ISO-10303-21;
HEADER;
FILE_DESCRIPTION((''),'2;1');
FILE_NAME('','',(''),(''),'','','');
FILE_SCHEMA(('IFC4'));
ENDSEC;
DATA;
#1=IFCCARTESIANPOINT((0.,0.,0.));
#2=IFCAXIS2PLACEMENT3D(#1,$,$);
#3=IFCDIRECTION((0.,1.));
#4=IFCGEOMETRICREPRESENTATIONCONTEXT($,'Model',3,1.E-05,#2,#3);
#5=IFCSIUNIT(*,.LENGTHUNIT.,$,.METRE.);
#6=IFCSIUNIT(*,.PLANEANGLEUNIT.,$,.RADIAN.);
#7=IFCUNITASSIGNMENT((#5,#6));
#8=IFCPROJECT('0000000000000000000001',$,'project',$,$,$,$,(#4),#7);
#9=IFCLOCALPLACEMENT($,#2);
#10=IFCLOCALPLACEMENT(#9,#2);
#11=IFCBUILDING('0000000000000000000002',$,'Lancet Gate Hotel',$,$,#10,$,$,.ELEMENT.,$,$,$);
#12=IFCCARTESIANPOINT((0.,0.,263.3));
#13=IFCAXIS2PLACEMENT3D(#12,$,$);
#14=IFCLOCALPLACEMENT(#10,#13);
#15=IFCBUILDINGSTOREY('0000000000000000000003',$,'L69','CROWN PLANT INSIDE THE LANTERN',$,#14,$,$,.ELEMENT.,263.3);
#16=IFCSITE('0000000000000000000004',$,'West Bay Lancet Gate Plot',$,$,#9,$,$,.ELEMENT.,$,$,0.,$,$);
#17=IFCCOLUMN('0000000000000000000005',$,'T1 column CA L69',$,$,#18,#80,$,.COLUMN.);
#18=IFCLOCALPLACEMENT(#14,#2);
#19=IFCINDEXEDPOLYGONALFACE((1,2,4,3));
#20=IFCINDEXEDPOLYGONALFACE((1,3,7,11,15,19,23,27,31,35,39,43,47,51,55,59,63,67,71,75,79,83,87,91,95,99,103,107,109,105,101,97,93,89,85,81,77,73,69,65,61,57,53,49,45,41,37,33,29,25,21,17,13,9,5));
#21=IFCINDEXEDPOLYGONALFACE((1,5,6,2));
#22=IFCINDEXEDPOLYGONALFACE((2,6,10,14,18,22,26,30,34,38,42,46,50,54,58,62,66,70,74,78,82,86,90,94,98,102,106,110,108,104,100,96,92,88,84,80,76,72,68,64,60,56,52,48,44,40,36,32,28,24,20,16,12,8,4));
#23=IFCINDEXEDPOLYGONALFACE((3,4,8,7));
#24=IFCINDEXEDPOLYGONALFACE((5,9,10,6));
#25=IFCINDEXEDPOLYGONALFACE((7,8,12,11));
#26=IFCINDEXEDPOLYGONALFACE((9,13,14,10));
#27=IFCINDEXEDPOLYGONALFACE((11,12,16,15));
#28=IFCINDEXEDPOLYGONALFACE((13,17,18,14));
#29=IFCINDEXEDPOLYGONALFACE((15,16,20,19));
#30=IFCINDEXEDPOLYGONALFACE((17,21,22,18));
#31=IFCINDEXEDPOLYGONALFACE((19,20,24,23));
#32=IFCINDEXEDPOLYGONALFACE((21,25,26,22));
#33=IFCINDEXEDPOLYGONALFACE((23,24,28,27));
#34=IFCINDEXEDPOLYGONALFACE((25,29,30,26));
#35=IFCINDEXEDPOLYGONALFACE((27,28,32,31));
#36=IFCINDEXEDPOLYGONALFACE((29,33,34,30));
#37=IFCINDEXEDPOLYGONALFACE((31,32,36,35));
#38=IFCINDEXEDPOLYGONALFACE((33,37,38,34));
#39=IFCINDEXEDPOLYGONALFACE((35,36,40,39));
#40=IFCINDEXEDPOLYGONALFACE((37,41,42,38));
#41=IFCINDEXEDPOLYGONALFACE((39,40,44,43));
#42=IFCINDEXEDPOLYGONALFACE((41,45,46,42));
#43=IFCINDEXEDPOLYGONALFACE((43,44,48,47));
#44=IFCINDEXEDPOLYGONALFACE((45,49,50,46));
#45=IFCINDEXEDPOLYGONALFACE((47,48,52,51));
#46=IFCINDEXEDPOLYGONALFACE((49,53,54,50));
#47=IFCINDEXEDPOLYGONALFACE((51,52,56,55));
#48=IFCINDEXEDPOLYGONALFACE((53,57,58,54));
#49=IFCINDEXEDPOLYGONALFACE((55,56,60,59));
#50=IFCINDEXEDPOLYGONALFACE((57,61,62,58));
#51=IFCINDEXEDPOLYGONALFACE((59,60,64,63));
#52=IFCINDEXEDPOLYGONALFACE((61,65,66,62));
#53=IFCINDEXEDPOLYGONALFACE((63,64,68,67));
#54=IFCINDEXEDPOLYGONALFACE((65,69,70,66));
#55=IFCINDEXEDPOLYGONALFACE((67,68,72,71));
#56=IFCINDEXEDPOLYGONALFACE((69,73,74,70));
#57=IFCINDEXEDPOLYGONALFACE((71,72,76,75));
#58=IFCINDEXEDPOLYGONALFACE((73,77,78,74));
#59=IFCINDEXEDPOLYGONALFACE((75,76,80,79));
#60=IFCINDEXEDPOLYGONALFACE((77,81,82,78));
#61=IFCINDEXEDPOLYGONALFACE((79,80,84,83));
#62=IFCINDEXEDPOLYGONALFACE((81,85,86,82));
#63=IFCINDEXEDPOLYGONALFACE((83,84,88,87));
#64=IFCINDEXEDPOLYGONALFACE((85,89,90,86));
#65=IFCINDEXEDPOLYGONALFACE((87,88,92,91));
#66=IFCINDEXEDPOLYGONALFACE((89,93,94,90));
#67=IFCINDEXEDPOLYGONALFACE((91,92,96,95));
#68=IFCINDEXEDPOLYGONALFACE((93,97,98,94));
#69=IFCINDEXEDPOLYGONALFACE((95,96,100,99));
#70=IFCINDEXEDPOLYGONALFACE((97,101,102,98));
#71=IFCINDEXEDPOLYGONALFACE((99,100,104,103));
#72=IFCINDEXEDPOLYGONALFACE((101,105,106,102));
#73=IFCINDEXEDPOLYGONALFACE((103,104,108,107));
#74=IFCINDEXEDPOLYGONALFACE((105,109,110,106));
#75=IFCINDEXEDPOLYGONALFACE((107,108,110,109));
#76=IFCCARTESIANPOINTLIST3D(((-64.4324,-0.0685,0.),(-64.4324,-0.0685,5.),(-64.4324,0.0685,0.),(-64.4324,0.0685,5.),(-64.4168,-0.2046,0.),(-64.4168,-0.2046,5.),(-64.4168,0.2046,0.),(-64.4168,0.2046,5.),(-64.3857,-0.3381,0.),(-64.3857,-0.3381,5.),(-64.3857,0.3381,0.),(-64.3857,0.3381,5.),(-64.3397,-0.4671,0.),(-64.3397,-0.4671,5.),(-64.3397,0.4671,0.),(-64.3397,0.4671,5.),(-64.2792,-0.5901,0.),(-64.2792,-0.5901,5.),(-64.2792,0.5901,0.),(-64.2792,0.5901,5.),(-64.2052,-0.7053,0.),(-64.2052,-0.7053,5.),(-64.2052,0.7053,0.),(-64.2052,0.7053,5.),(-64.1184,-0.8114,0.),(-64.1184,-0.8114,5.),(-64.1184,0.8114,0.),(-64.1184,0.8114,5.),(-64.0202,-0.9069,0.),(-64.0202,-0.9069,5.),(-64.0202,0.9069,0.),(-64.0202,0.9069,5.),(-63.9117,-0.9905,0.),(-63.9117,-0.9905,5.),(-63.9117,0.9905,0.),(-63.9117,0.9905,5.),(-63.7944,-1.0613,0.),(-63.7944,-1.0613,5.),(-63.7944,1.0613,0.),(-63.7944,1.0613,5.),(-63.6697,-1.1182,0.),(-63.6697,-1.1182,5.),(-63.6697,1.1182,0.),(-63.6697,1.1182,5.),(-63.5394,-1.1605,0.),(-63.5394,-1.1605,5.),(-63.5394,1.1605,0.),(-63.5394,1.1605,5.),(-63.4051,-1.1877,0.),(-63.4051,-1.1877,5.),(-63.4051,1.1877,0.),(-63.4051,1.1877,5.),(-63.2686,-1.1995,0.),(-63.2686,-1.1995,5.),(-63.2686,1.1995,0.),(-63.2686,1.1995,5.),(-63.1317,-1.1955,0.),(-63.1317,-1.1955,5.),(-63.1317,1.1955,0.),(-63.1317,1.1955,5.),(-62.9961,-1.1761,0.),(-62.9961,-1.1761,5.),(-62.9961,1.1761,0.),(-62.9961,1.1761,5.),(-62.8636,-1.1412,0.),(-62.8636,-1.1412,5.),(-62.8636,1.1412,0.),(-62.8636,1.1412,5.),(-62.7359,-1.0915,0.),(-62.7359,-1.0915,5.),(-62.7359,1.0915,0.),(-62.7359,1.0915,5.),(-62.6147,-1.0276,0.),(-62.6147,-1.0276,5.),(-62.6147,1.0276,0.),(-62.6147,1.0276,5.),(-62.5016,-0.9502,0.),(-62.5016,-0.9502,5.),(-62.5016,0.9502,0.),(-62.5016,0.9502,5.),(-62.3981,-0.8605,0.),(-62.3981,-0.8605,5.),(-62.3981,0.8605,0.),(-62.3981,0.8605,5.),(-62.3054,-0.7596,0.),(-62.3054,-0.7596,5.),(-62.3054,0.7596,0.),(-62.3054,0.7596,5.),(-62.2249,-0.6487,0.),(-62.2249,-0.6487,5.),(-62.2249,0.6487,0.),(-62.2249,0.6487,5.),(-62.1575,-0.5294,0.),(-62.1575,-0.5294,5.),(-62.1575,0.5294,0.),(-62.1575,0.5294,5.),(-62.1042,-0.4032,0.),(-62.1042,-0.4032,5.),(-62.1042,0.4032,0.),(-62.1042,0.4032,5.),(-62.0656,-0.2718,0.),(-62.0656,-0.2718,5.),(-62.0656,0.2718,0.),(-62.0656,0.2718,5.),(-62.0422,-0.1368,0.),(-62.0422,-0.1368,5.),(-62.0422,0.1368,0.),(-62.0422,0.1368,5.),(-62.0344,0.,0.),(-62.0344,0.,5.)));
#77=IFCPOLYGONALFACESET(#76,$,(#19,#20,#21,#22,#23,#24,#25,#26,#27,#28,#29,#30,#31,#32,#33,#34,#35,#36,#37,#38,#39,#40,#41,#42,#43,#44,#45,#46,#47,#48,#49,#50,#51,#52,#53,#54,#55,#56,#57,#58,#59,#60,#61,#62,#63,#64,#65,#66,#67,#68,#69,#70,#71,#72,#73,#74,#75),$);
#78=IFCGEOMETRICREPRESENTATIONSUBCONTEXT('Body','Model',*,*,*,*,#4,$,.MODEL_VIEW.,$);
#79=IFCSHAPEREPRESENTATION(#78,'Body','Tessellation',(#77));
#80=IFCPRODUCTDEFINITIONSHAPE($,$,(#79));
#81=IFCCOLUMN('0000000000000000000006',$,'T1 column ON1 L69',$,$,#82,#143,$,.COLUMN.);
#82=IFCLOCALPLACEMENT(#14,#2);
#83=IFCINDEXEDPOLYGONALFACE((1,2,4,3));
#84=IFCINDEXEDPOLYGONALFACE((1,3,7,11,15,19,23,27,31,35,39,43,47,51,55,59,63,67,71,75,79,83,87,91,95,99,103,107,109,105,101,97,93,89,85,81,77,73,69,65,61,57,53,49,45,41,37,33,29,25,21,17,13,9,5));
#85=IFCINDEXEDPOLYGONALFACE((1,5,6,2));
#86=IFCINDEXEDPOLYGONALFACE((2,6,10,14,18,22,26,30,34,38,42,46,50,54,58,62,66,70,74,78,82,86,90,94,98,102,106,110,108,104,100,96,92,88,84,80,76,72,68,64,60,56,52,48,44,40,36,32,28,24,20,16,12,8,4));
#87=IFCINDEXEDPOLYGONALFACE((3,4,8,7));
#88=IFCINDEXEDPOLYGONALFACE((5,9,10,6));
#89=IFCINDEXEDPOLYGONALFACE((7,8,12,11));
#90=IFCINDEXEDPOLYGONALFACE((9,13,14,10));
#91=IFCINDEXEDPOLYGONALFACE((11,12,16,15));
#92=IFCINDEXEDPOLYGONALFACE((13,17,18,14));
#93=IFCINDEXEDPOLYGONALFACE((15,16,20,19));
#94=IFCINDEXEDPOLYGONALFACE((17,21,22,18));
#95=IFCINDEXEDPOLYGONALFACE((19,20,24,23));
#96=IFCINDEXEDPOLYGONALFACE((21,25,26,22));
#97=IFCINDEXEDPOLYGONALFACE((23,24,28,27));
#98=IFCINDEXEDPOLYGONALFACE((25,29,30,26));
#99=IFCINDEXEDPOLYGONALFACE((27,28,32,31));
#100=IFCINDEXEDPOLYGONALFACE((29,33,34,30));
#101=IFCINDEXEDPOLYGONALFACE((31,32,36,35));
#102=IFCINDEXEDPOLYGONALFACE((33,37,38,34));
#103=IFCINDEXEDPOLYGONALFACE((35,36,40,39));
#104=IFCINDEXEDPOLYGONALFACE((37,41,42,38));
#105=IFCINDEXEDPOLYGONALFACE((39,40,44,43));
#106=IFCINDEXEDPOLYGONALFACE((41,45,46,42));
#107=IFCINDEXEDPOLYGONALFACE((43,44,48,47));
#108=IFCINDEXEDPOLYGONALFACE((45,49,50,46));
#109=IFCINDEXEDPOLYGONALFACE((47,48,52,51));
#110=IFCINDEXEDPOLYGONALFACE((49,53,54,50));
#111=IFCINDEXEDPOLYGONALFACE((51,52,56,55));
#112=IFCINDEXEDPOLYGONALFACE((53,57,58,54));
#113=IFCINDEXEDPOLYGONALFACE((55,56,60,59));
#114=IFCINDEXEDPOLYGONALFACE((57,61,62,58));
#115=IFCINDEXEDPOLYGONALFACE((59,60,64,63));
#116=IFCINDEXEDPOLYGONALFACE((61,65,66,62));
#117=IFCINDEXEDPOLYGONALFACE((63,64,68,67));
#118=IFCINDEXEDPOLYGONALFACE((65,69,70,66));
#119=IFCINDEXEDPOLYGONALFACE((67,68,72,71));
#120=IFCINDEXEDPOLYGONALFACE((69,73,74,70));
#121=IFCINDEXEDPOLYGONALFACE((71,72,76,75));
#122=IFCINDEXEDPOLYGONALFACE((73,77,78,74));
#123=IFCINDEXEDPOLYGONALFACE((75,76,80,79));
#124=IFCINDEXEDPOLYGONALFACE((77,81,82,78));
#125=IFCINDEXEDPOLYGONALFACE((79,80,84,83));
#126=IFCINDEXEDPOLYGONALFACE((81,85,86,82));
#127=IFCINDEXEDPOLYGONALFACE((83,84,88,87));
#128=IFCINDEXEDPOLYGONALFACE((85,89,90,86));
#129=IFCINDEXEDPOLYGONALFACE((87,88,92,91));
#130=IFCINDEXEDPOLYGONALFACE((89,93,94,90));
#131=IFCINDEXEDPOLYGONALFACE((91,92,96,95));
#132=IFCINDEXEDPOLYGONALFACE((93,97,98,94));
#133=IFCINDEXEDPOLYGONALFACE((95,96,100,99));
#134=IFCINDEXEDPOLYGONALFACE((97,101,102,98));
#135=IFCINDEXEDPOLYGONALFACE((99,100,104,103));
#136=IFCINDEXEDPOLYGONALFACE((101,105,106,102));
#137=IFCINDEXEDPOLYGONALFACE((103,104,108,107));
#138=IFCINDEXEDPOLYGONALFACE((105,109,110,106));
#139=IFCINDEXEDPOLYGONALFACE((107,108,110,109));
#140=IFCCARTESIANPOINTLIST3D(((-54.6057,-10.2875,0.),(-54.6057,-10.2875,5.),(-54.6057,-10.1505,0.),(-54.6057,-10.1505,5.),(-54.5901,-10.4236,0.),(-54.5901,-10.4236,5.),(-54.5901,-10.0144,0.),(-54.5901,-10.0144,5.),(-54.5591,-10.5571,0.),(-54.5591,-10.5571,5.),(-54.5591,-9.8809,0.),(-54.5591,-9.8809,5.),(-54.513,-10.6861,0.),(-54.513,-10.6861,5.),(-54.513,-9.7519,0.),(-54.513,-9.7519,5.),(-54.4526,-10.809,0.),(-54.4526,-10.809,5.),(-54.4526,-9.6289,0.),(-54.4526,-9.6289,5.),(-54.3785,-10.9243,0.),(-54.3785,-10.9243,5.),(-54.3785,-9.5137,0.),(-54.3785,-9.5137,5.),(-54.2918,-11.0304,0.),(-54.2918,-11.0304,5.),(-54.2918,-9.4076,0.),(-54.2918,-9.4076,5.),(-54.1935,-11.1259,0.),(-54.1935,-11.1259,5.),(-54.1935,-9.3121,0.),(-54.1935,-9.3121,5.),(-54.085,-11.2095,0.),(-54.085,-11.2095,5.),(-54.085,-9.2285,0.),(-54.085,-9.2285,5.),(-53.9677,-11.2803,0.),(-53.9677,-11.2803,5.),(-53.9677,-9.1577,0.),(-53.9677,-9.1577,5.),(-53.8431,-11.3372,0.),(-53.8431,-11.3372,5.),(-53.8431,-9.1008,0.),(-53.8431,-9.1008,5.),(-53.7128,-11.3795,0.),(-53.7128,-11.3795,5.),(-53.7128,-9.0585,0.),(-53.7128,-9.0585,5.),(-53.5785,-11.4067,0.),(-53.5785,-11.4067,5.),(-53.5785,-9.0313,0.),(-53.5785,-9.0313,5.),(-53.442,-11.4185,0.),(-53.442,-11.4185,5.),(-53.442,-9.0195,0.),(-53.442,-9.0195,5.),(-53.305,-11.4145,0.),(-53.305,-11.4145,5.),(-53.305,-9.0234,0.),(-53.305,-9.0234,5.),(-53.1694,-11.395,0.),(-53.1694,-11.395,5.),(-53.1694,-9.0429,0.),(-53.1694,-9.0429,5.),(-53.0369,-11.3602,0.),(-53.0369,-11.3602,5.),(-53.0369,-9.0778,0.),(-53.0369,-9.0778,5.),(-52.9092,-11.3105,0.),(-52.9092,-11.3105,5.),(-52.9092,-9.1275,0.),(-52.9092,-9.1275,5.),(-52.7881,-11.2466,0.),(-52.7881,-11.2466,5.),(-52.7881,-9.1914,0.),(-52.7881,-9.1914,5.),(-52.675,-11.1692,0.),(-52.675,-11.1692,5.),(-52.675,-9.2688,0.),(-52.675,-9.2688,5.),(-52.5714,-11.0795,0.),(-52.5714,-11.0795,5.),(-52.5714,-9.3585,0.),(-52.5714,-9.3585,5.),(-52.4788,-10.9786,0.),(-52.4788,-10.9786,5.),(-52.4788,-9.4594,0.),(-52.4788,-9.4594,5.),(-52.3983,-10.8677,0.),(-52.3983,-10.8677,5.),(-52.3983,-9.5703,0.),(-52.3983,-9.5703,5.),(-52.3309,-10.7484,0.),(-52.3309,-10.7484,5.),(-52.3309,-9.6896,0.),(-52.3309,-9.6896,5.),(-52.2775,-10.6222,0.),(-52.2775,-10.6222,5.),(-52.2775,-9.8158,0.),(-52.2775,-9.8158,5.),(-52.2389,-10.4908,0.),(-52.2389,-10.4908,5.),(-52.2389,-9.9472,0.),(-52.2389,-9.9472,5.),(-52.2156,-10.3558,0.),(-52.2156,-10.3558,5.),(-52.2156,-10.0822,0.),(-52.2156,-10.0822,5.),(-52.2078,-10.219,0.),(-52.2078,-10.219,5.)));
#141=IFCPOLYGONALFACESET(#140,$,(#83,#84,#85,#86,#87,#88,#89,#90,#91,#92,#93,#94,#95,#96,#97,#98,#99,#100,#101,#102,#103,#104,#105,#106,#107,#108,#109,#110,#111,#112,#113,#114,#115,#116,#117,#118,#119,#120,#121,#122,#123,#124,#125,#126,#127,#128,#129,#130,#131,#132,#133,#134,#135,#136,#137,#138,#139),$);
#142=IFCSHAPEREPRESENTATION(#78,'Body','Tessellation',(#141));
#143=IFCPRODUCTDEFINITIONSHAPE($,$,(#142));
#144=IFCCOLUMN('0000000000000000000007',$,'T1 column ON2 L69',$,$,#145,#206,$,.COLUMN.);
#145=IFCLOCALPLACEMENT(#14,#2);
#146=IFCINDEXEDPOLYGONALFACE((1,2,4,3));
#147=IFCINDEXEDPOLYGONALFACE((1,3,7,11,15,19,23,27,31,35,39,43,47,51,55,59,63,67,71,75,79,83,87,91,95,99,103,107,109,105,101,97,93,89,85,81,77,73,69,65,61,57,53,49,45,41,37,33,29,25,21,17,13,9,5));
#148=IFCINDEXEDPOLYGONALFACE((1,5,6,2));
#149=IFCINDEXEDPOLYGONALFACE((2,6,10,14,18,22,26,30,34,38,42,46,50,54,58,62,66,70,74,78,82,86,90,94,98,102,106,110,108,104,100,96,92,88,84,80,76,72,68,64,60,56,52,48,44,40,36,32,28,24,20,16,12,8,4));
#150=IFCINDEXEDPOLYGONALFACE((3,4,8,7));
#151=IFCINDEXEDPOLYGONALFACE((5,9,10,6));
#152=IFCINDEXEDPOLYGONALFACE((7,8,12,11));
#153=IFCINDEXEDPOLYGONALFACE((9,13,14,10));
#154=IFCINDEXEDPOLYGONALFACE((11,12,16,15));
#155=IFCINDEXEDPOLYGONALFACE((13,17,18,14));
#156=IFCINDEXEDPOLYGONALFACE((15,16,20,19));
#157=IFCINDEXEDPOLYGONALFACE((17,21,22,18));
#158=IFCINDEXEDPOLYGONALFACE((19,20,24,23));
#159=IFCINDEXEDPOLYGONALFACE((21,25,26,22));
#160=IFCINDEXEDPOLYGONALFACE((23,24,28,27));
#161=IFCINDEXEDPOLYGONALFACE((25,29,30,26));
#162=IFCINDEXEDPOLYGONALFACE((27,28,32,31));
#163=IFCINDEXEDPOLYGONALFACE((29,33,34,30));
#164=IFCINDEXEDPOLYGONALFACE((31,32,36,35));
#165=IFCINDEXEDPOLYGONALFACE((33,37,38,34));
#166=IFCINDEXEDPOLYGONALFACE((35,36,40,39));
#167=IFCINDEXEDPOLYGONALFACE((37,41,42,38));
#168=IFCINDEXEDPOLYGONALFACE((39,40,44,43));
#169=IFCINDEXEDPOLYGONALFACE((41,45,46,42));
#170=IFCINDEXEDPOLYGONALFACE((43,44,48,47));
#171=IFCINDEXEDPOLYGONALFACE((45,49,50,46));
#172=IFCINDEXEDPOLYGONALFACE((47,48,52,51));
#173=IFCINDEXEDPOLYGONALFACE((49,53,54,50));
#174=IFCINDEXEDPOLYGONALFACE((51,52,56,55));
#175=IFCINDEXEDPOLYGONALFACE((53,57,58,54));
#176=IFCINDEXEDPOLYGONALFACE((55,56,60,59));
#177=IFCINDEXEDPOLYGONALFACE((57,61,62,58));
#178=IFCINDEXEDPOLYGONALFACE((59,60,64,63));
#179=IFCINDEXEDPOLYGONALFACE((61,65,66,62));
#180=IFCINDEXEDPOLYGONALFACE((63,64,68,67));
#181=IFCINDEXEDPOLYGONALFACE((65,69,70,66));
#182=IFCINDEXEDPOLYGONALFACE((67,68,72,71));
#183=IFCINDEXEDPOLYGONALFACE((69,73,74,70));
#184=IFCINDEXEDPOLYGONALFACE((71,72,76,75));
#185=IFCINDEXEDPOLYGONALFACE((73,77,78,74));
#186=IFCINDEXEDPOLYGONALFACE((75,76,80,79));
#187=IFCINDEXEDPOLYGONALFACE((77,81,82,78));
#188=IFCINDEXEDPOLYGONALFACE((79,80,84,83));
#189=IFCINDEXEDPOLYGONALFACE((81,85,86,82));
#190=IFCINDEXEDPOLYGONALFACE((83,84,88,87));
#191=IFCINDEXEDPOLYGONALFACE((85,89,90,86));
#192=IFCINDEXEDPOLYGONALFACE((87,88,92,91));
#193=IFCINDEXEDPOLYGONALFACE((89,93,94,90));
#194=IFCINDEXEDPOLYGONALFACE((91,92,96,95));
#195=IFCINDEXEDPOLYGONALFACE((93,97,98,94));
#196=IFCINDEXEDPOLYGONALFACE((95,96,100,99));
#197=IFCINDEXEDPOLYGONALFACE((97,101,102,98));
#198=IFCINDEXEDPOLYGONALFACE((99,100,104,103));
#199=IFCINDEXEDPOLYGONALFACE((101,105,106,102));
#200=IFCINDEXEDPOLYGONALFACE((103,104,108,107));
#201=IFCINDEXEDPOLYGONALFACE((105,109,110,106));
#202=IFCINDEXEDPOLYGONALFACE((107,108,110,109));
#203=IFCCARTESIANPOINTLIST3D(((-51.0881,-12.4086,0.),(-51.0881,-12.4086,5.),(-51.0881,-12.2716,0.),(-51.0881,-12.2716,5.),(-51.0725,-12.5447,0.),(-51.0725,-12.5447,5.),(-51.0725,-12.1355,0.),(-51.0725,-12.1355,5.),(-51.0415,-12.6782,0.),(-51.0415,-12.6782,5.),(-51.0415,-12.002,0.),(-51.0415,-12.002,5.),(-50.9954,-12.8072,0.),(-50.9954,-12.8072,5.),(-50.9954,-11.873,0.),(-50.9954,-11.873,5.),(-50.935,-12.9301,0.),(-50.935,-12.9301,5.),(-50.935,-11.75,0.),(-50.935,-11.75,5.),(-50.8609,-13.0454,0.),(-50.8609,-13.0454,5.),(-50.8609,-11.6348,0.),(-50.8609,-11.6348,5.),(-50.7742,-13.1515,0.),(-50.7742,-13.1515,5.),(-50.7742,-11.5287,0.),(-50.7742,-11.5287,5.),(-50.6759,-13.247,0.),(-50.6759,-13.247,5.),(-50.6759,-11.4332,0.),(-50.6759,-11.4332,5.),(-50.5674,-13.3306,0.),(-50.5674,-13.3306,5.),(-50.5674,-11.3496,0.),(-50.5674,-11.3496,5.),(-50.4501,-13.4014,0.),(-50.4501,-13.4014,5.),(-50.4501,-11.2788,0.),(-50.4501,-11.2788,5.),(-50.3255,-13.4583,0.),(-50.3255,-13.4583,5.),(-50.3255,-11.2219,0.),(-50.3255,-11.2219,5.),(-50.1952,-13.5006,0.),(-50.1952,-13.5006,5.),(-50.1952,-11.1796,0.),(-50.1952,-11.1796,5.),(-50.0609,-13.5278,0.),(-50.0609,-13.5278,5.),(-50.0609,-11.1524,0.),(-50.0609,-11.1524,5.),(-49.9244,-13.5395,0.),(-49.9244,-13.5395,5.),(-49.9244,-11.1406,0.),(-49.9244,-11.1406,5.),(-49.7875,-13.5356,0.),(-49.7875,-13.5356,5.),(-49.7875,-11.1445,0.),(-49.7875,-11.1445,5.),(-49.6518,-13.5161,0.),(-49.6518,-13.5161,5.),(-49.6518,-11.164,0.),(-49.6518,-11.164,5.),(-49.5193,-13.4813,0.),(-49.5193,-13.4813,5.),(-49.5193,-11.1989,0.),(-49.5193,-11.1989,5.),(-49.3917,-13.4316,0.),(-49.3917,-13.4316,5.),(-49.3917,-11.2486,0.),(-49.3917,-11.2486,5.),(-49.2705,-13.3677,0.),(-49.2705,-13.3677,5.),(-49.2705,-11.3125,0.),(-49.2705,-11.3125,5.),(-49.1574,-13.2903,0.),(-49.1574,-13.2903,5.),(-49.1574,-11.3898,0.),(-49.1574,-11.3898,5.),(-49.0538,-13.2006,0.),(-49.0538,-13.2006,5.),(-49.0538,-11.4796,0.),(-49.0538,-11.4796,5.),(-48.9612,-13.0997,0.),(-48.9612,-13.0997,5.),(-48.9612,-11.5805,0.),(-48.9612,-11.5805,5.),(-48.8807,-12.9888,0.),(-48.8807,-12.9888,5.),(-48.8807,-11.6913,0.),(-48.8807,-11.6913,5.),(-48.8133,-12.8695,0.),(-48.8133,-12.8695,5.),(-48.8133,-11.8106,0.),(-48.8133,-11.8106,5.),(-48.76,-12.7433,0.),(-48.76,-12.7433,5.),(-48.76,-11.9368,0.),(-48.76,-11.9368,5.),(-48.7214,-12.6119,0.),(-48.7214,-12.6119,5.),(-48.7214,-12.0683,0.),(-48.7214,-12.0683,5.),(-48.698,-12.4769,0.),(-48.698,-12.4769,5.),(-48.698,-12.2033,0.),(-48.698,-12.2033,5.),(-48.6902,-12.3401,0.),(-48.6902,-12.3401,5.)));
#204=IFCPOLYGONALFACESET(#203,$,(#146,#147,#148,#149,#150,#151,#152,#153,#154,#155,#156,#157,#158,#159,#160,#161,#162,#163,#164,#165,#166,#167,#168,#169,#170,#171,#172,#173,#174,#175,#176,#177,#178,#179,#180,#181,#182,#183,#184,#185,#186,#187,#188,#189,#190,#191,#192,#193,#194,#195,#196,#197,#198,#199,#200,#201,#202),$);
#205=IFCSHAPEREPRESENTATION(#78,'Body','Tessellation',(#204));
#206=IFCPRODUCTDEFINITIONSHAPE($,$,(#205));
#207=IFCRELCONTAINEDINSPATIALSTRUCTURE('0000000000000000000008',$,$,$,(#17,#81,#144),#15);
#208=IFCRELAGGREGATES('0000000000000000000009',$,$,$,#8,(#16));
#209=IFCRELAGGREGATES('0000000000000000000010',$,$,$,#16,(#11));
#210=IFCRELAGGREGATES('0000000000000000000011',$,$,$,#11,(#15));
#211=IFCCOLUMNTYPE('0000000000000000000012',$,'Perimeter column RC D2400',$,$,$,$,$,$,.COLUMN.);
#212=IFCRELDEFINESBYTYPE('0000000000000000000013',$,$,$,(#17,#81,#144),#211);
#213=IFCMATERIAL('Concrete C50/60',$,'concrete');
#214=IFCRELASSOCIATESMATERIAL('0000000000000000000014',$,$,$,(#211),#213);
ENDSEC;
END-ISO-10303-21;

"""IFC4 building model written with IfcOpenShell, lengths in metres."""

from ifc_helpers import new_model, si_unit, direction, frame, origin, origin_2d, place, context, subcontext, project, spatial, circle, extrude, material, material_profile, profile_set, type_object, element, save


model = new_model("IFC4")

# Units and contexts
model_context = context("Model", 3, precision=1e-05, world=origin(), true_north=direction((0.0, 1.0)))
body_context = subcontext(model_context, "Body", "Model", "MODEL_VIEW")
ifc_project = project(units=[si_unit("LENGTHUNIT", "METRE"), si_unit("PLANEANGLEUNIT", "RADIAN")], contexts=[model_context])

# Site, building, storey
site_placement = place(None, origin())
site = spatial("IfcSite", under=ifc_project, at=site_placement, Name="West Bay Lancet Gate Plot", CompositionType="ELEMENT", RefElevation=0.0)
building_placement = place(site_placement, origin())
building = spatial("IfcBuilding", under=site, at=building_placement, Name="Lancet Gate Hotel", CompositionType="ELEMENT")
storey_placement = place(building_placement, frame((0.0, 0.0, 263.3)))
storey = spatial("IfcBuildingStorey", under=building, at=storey_placement, Name="L69", Description="CROWN PLANT INSIDE THE LANTERN", CompositionType="ELEMENT", Elevation=263.3)

# Columns
ifc_material_1 = material(Name="Concrete C50/60", Category="concrete")
ifc_material_profile_1 = material_profile(ifc_material_1, circle(Radius=1.2, at=origin_2d()), Name="RC D2400")
ifc_profile_set_1 = profile_set([ifc_material_profile_1], Name="Concrete C50/60")
column_type = type_object("IfcColumnType", Name="Perimeter column RC D2400", PredefinedType="COLUMN", material=ifc_profile_set_1)
for number, where, z_axis, x_axis, name in (
    (1, (-63.2344, 0.0, 0.0), (0.0, 0.0, 1.0), (1.0, 0.0, 0.0), "T1 column CA L69"),
    (2, (-53.4077, -10.219, 0.0), (0.0, 0.0, 1.0), (1.0, 0.0, 0.0), "T1 column ON1 L69"),
    (3, (-49.8901, -12.3401, 0.0), (0.0, 0.0, 1.0), (1.0, 0.0, 0.0), "T1 column ON2 L69"),
):
    element("IfcColumn", number, at=place(storey_placement, frame(where, z_axis=z_axis, x_axis=x_axis)), inside=storey, type_object=column_type, Name=name, PredefinedType="COLUMN", context=body_context, shape_type="SweptSolid", body=[
        extrude(circle(Radius=1.2, at=origin_2d()), origin(), (0.0, 0.0, 1.0), 5.0),
    ])

save(model, "model.ifc")
